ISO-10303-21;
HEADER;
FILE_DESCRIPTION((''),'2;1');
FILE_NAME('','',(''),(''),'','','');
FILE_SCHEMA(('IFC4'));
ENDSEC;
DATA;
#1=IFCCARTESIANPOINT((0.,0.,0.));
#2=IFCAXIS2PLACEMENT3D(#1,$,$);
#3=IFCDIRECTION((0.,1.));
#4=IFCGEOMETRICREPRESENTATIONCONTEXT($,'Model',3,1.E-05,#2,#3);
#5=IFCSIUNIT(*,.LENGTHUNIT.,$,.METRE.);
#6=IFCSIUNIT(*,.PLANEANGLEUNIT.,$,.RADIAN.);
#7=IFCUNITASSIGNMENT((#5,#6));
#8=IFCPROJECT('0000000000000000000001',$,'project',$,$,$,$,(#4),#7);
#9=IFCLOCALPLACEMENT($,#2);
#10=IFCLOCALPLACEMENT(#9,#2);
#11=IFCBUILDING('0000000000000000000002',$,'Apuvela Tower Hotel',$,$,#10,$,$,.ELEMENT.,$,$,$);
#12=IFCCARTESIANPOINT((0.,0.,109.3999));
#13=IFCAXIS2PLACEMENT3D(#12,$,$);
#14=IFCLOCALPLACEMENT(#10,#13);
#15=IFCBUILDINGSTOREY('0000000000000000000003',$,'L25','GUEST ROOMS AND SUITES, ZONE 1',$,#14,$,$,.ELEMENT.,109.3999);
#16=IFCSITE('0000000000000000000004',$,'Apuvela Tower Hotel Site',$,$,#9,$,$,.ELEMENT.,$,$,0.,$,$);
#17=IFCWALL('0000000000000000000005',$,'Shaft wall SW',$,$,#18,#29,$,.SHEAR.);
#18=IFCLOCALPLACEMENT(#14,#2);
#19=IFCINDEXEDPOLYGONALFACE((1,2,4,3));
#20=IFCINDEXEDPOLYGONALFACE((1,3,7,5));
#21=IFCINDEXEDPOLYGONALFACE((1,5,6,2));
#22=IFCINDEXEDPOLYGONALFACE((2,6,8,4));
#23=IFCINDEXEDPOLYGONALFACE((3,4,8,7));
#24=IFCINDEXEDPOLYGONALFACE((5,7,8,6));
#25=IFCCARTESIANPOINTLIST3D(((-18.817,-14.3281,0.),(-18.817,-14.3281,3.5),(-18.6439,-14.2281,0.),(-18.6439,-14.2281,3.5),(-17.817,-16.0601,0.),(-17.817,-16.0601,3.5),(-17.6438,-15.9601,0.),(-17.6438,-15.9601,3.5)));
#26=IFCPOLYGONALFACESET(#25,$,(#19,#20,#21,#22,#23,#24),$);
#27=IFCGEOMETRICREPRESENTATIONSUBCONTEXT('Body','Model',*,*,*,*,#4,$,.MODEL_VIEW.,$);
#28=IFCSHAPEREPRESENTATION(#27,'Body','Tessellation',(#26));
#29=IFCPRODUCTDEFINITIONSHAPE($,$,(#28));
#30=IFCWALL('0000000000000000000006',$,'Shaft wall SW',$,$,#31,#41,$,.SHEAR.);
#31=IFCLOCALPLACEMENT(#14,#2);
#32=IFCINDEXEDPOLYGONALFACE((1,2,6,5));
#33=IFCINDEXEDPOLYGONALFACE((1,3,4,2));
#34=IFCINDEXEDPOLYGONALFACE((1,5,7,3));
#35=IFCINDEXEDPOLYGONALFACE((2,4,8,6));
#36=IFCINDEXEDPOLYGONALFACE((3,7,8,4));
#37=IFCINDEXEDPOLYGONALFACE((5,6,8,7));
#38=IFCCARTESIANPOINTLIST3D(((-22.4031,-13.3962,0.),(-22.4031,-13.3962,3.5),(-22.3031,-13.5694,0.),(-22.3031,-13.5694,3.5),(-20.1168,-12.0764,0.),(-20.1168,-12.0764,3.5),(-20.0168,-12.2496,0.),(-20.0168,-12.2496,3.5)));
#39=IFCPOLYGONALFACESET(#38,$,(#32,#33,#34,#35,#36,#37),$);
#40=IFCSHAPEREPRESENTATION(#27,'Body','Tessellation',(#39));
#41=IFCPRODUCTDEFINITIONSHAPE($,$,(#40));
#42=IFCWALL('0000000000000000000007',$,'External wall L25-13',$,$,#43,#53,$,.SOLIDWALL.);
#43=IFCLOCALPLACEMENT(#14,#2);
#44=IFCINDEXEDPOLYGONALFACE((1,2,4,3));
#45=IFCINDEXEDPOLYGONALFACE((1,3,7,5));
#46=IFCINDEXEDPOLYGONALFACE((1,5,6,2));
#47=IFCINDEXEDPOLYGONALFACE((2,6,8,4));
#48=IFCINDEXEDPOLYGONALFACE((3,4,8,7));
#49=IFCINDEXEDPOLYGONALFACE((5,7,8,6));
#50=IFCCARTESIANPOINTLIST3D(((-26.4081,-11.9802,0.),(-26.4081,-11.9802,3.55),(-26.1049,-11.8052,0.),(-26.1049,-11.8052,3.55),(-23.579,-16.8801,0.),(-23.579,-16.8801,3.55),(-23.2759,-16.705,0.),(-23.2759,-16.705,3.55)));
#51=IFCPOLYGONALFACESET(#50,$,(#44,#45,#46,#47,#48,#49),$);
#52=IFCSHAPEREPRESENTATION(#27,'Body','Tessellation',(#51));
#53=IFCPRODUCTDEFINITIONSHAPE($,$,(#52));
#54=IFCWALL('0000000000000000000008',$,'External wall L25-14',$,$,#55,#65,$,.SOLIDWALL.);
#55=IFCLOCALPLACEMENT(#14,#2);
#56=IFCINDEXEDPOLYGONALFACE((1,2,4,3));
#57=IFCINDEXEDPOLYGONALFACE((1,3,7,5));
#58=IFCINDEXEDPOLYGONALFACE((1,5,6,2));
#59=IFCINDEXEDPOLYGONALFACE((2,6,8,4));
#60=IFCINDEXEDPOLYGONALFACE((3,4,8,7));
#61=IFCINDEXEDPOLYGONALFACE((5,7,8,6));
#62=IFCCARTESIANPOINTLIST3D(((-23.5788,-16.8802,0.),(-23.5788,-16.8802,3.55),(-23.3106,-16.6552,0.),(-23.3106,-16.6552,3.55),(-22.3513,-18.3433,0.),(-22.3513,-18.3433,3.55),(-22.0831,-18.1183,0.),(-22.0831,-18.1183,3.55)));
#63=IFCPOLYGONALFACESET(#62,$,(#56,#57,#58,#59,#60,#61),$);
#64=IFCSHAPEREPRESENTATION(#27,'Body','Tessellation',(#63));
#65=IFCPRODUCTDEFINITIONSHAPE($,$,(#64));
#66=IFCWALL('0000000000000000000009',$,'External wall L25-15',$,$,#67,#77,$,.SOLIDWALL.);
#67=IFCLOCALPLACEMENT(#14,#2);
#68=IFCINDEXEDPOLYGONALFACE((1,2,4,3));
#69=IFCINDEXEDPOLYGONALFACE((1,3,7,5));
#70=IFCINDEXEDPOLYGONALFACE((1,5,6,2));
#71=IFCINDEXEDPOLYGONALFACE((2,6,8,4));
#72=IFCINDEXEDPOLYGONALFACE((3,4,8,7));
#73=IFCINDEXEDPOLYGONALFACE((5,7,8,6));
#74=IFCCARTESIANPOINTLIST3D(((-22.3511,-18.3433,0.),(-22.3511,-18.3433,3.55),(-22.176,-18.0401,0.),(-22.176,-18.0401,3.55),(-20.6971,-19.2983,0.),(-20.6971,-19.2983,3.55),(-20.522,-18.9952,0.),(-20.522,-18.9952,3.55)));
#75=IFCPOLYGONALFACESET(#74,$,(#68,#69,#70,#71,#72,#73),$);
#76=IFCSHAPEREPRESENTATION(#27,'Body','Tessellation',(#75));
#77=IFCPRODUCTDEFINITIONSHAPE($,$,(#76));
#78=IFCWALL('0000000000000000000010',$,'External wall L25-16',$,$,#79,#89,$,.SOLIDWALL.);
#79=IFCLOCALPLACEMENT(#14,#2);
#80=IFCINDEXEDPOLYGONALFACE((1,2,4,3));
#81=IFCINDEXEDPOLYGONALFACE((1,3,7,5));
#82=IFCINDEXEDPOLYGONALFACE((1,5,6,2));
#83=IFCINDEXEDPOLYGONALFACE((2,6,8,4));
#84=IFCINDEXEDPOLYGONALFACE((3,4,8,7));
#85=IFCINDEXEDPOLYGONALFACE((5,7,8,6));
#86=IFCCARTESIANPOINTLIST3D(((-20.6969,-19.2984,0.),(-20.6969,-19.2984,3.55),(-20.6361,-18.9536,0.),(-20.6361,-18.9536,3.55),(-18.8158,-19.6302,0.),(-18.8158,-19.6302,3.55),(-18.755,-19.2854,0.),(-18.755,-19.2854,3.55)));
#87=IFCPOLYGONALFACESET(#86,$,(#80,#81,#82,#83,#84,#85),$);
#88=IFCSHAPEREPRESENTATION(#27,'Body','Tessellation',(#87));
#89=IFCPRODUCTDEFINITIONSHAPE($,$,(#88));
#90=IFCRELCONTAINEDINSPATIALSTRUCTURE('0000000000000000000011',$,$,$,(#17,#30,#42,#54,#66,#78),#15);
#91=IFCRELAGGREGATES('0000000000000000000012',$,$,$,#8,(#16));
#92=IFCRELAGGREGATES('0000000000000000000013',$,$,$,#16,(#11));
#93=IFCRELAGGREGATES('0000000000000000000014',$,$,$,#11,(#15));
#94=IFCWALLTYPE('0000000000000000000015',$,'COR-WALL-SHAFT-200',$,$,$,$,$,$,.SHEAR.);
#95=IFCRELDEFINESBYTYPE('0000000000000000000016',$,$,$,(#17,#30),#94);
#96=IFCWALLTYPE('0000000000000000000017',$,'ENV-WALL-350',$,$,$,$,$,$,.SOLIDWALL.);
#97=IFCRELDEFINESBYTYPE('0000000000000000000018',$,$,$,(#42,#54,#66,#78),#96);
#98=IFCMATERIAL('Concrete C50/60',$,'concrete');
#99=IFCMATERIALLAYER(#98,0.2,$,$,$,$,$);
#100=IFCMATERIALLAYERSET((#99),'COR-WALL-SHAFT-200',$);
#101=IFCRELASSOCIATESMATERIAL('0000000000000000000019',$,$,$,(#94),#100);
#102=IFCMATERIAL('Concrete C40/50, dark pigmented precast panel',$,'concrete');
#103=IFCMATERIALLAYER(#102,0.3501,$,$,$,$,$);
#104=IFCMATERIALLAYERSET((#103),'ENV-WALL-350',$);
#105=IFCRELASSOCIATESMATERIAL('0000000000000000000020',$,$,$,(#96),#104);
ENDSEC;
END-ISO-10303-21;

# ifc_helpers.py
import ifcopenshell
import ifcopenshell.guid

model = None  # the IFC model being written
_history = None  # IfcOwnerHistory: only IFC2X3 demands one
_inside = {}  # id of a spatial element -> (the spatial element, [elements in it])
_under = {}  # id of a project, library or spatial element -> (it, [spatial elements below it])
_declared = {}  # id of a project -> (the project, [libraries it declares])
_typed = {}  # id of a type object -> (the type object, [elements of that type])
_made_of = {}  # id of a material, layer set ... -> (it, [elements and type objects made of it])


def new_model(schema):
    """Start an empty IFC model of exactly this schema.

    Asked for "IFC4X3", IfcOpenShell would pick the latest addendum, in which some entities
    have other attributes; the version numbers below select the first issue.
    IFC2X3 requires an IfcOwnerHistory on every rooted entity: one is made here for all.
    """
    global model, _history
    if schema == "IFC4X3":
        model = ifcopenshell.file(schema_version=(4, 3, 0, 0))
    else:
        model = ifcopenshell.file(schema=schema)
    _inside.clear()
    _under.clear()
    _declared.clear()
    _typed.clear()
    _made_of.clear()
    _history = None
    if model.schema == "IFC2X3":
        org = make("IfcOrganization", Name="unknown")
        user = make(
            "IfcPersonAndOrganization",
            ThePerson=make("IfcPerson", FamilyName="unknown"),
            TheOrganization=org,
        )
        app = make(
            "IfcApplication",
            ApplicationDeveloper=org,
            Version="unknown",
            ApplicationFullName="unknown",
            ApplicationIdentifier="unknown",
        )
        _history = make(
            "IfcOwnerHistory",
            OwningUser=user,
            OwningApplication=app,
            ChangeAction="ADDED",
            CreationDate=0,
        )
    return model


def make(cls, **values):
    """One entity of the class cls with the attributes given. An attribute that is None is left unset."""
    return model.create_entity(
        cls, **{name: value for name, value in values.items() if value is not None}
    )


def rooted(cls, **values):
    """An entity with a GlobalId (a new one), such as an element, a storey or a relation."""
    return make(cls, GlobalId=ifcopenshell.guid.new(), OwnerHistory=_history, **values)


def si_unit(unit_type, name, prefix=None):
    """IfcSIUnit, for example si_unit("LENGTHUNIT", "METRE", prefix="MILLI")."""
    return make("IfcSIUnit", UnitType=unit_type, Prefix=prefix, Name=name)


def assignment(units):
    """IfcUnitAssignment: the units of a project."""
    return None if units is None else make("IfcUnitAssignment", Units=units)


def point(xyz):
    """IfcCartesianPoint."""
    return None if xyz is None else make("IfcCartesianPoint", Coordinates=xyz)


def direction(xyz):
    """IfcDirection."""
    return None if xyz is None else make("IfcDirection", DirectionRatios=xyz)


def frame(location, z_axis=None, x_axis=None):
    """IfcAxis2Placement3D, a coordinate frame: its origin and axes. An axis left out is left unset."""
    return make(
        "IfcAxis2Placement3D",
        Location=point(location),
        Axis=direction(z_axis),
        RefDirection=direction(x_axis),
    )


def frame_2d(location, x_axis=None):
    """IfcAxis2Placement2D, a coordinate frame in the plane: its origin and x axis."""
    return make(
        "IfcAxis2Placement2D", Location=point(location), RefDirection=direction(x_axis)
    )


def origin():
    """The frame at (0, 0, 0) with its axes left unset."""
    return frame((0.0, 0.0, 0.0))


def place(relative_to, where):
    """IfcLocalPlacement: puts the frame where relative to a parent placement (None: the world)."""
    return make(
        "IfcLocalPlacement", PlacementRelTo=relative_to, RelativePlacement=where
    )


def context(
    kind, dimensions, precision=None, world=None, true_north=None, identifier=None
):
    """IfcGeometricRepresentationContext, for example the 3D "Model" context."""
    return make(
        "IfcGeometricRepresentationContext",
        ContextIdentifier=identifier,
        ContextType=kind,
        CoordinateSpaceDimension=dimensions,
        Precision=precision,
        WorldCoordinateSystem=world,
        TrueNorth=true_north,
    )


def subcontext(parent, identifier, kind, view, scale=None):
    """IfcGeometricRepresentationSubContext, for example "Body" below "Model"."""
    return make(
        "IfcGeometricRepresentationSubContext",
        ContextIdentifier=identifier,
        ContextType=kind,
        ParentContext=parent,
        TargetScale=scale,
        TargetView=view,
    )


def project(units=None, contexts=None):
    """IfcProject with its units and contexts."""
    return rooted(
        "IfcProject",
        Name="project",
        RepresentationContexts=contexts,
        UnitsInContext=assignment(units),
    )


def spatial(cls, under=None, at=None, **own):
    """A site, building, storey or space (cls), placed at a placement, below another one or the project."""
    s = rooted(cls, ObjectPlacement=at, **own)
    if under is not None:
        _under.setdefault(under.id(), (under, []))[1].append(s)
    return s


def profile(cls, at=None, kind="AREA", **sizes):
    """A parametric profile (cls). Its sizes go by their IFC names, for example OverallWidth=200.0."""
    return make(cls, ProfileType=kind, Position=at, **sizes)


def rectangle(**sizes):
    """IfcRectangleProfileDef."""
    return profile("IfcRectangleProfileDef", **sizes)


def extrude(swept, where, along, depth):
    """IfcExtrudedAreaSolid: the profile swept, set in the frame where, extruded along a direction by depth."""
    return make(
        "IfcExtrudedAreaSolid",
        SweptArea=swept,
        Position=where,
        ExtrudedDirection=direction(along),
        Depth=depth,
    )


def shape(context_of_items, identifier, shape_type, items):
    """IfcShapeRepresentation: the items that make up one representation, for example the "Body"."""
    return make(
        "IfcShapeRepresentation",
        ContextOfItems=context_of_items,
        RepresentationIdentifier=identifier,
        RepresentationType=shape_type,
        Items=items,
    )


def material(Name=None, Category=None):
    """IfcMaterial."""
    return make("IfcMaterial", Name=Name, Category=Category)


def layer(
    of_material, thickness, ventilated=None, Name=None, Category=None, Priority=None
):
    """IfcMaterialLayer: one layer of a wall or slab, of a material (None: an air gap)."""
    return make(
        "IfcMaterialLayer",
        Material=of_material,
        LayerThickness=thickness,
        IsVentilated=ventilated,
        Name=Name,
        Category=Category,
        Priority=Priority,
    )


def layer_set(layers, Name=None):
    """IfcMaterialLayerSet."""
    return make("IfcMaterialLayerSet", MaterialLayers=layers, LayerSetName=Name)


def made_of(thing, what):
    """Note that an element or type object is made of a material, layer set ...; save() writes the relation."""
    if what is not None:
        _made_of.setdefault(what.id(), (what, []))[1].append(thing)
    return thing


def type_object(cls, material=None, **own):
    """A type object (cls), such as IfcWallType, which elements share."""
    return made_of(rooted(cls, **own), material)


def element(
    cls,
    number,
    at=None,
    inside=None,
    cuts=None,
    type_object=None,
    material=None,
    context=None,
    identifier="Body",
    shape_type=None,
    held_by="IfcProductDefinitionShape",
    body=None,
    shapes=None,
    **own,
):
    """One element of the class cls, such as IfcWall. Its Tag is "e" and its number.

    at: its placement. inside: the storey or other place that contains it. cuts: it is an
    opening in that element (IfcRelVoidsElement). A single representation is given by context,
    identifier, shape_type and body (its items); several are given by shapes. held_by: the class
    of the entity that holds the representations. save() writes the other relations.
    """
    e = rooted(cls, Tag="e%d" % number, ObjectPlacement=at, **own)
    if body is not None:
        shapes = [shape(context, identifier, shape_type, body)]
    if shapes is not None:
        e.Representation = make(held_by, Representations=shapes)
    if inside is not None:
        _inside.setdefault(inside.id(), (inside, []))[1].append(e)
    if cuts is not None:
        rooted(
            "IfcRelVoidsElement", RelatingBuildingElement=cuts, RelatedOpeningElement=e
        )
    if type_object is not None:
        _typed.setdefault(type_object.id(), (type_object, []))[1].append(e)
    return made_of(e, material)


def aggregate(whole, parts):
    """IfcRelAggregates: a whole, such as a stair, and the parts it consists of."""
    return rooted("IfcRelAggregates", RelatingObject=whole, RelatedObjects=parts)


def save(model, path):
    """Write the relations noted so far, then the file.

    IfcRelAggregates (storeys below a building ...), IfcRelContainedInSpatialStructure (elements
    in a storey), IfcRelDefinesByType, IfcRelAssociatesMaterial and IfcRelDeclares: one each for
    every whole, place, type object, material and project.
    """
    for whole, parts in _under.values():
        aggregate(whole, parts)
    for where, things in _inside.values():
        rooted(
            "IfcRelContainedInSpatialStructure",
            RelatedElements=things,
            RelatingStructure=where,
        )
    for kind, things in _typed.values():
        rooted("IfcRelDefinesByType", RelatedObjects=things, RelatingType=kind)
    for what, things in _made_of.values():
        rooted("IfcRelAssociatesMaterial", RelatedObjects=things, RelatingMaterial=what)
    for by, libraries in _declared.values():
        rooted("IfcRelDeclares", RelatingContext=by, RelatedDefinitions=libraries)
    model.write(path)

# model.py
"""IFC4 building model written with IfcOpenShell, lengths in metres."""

from ifc_helpers import new_model, si_unit, direction, frame, frame_2d, origin, place, context, subcontext, project, spatial, rectangle, extrude, material, layer, layer_set, type_object, element, save


model = new_model("IFC4")

# Units and contexts
model_context = context("Model", 3, precision=1e-05, world=origin(), true_north=direction((0.0, 1.0)))
body_context = subcontext(model_context, "Body", "Model", "MODEL_VIEW")
ifc_project = project(units=[si_unit("LENGTHUNIT", "METRE"), si_unit("PLANEANGLEUNIT", "RADIAN")], contexts=[model_context])

# Site, building, storey
site_placement = place(None, origin())
site = spatial("IfcSite", under=ifc_project, at=site_placement, Name="Apuvela Tower Hotel Site", CompositionType="ELEMENT", RefElevation=0.0)
building_placement = place(site_placement, origin())
building = spatial("IfcBuilding", under=site, at=building_placement, Name="Apuvela Tower Hotel", CompositionType="ELEMENT")
storey_placement = place(building_placement, frame((0.0, 0.0, 109.3999)))
storey = spatial("IfcBuildingStorey", under=building, at=storey_placement, Name="L25", Description="GUEST ROOMS AND SUITES, ZONE 1", CompositionType="ELEMENT", Elevation=109.3999)

# Shared definitions
ifc_material_1 = material(Name="Concrete C50/60", Category="concrete")
ifc_layer_1 = layer(ifc_material_1, 0.2)
ifc_layer_set_1 = layer_set([ifc_layer_1], Name="COR-WALL-SHAFT-200")
wall_type_1 = type_object("IfcWallType", Name="COR-WALL-SHAFT-200", PredefinedType="SHEAR", material=ifc_layer_set_1)

# Walls
wall_1_placement = place(storey_placement, frame((-18.7305, -14.2781, 0.0), z_axis=(0.0, 0.0, 1.0), x_axis=(0.500025, -0.866011, 0.0)))
element("IfcWall", 1, at=wall_1_placement, inside=storey, type_object=wall_type_1, Name="Shaft wall SW", PredefinedType="SHEAR", context=body_context, shape_type="SweptSolid", body=[
    extrude(rectangle(XDim=2.0, YDim=0.2, at=frame_2d((1.0, 0.0))), origin(), (0.0, 0.0, 1.0), 3.5),
])
wall_2_placement = place(storey_placement, frame((-20.0669, -12.1631, 0.0), z_axis=(0.0, 0.0, 1.0), x_axis=(-0.866061, -0.499939, 0.0)))
element("IfcWall", 2, at=wall_2_placement, inside=storey, type_object=wall_type_1, Name="Shaft wall SW", PredefinedType="SHEAR", context=body_context, shape_type="SweptSolid", body=[
    extrude(rectangle(XDim=2.6399, YDim=0.2, at=frame_2d((1.3198, 0.0))), origin(), (0.0, 0.0, 1.0), 3.5),
])
ifc_material_2 = material(Name="Concrete C40/50, dark pigmented precast panel", Category="concrete")
ifc_layer_2 = layer(ifc_material_2, 0.3501)
ifc_layer_set_2 = layer_set([ifc_layer_2], Name="ENV-WALL-350")
wall_type_2 = type_object("IfcWallType", Name="ENV-WALL-350", PredefinedType="SOLIDWALL", material=ifc_layer_set_2)
wall_3_placement = place(storey_placement, frame((-26.2566, -11.8926, 0.0), z_axis=(0.0, 0.0, 1.0), x_axis=(0.500019, -0.866015, 0.0)))
element("IfcWall", 3, at=wall_3_placement, inside=storey, type_object=wall_type_2, Name="External wall L25-13", PredefinedType="SOLIDWALL", context=body_context, shape_type="SweptSolid", body=[
    extrude(rectangle(XDim=5.658, YDim=0.3501, at=frame_2d((2.8291, 0.0))), origin(), (0.0, 0.0, 1.0), 3.55),
])
for number, where, z_axis, x_axis, name in (
    (4, (-23.4448, -16.7676, 0.0), (0.0, 0.0, 1.0), (0.642733, -0.76609, 0.0), "External wall L25-14"),
    (5, (-22.2637, -18.1917, 0.0), (0.0, 0.0, 1.0), (0.866, -0.500043, 0.0), "External wall L25-15"),
):
    element("IfcWall", number, at=place(storey_placement, frame(where, z_axis=z_axis, x_axis=x_axis)), inside=storey, type_object=wall_type_2, Name=name, PredefinedType="SOLIDWALL", context=body_context, shape_type="SweptSolid", body=[
        extrude(rectangle(XDim=1.9099, YDim=0.3501, at=frame_2d((0.9551, 0.0))), origin(), (0.0, 0.0, 1.0), 3.55),
    ])
wall_4_placement = place(storey_placement, frame((-20.6665, -19.126, 0.0), z_axis=(0.0, 0.0, 1.0), x_axis=(0.984799, -0.173698, 0.0)))
element("IfcWall", 6, at=wall_4_placement, inside=storey, type_object=wall_type_2, Name="External wall L25-16", PredefinedType="SOLIDWALL", context=body_context, shape_type="SweptSolid", body=[
    extrude(rectangle(XDim=1.9102, YDim=0.3501, at=frame_2d((0.9551, 0.0))), origin(), (0.0, 0.0, 1.0), 3.55),
])

save(model, "model.ifc")
